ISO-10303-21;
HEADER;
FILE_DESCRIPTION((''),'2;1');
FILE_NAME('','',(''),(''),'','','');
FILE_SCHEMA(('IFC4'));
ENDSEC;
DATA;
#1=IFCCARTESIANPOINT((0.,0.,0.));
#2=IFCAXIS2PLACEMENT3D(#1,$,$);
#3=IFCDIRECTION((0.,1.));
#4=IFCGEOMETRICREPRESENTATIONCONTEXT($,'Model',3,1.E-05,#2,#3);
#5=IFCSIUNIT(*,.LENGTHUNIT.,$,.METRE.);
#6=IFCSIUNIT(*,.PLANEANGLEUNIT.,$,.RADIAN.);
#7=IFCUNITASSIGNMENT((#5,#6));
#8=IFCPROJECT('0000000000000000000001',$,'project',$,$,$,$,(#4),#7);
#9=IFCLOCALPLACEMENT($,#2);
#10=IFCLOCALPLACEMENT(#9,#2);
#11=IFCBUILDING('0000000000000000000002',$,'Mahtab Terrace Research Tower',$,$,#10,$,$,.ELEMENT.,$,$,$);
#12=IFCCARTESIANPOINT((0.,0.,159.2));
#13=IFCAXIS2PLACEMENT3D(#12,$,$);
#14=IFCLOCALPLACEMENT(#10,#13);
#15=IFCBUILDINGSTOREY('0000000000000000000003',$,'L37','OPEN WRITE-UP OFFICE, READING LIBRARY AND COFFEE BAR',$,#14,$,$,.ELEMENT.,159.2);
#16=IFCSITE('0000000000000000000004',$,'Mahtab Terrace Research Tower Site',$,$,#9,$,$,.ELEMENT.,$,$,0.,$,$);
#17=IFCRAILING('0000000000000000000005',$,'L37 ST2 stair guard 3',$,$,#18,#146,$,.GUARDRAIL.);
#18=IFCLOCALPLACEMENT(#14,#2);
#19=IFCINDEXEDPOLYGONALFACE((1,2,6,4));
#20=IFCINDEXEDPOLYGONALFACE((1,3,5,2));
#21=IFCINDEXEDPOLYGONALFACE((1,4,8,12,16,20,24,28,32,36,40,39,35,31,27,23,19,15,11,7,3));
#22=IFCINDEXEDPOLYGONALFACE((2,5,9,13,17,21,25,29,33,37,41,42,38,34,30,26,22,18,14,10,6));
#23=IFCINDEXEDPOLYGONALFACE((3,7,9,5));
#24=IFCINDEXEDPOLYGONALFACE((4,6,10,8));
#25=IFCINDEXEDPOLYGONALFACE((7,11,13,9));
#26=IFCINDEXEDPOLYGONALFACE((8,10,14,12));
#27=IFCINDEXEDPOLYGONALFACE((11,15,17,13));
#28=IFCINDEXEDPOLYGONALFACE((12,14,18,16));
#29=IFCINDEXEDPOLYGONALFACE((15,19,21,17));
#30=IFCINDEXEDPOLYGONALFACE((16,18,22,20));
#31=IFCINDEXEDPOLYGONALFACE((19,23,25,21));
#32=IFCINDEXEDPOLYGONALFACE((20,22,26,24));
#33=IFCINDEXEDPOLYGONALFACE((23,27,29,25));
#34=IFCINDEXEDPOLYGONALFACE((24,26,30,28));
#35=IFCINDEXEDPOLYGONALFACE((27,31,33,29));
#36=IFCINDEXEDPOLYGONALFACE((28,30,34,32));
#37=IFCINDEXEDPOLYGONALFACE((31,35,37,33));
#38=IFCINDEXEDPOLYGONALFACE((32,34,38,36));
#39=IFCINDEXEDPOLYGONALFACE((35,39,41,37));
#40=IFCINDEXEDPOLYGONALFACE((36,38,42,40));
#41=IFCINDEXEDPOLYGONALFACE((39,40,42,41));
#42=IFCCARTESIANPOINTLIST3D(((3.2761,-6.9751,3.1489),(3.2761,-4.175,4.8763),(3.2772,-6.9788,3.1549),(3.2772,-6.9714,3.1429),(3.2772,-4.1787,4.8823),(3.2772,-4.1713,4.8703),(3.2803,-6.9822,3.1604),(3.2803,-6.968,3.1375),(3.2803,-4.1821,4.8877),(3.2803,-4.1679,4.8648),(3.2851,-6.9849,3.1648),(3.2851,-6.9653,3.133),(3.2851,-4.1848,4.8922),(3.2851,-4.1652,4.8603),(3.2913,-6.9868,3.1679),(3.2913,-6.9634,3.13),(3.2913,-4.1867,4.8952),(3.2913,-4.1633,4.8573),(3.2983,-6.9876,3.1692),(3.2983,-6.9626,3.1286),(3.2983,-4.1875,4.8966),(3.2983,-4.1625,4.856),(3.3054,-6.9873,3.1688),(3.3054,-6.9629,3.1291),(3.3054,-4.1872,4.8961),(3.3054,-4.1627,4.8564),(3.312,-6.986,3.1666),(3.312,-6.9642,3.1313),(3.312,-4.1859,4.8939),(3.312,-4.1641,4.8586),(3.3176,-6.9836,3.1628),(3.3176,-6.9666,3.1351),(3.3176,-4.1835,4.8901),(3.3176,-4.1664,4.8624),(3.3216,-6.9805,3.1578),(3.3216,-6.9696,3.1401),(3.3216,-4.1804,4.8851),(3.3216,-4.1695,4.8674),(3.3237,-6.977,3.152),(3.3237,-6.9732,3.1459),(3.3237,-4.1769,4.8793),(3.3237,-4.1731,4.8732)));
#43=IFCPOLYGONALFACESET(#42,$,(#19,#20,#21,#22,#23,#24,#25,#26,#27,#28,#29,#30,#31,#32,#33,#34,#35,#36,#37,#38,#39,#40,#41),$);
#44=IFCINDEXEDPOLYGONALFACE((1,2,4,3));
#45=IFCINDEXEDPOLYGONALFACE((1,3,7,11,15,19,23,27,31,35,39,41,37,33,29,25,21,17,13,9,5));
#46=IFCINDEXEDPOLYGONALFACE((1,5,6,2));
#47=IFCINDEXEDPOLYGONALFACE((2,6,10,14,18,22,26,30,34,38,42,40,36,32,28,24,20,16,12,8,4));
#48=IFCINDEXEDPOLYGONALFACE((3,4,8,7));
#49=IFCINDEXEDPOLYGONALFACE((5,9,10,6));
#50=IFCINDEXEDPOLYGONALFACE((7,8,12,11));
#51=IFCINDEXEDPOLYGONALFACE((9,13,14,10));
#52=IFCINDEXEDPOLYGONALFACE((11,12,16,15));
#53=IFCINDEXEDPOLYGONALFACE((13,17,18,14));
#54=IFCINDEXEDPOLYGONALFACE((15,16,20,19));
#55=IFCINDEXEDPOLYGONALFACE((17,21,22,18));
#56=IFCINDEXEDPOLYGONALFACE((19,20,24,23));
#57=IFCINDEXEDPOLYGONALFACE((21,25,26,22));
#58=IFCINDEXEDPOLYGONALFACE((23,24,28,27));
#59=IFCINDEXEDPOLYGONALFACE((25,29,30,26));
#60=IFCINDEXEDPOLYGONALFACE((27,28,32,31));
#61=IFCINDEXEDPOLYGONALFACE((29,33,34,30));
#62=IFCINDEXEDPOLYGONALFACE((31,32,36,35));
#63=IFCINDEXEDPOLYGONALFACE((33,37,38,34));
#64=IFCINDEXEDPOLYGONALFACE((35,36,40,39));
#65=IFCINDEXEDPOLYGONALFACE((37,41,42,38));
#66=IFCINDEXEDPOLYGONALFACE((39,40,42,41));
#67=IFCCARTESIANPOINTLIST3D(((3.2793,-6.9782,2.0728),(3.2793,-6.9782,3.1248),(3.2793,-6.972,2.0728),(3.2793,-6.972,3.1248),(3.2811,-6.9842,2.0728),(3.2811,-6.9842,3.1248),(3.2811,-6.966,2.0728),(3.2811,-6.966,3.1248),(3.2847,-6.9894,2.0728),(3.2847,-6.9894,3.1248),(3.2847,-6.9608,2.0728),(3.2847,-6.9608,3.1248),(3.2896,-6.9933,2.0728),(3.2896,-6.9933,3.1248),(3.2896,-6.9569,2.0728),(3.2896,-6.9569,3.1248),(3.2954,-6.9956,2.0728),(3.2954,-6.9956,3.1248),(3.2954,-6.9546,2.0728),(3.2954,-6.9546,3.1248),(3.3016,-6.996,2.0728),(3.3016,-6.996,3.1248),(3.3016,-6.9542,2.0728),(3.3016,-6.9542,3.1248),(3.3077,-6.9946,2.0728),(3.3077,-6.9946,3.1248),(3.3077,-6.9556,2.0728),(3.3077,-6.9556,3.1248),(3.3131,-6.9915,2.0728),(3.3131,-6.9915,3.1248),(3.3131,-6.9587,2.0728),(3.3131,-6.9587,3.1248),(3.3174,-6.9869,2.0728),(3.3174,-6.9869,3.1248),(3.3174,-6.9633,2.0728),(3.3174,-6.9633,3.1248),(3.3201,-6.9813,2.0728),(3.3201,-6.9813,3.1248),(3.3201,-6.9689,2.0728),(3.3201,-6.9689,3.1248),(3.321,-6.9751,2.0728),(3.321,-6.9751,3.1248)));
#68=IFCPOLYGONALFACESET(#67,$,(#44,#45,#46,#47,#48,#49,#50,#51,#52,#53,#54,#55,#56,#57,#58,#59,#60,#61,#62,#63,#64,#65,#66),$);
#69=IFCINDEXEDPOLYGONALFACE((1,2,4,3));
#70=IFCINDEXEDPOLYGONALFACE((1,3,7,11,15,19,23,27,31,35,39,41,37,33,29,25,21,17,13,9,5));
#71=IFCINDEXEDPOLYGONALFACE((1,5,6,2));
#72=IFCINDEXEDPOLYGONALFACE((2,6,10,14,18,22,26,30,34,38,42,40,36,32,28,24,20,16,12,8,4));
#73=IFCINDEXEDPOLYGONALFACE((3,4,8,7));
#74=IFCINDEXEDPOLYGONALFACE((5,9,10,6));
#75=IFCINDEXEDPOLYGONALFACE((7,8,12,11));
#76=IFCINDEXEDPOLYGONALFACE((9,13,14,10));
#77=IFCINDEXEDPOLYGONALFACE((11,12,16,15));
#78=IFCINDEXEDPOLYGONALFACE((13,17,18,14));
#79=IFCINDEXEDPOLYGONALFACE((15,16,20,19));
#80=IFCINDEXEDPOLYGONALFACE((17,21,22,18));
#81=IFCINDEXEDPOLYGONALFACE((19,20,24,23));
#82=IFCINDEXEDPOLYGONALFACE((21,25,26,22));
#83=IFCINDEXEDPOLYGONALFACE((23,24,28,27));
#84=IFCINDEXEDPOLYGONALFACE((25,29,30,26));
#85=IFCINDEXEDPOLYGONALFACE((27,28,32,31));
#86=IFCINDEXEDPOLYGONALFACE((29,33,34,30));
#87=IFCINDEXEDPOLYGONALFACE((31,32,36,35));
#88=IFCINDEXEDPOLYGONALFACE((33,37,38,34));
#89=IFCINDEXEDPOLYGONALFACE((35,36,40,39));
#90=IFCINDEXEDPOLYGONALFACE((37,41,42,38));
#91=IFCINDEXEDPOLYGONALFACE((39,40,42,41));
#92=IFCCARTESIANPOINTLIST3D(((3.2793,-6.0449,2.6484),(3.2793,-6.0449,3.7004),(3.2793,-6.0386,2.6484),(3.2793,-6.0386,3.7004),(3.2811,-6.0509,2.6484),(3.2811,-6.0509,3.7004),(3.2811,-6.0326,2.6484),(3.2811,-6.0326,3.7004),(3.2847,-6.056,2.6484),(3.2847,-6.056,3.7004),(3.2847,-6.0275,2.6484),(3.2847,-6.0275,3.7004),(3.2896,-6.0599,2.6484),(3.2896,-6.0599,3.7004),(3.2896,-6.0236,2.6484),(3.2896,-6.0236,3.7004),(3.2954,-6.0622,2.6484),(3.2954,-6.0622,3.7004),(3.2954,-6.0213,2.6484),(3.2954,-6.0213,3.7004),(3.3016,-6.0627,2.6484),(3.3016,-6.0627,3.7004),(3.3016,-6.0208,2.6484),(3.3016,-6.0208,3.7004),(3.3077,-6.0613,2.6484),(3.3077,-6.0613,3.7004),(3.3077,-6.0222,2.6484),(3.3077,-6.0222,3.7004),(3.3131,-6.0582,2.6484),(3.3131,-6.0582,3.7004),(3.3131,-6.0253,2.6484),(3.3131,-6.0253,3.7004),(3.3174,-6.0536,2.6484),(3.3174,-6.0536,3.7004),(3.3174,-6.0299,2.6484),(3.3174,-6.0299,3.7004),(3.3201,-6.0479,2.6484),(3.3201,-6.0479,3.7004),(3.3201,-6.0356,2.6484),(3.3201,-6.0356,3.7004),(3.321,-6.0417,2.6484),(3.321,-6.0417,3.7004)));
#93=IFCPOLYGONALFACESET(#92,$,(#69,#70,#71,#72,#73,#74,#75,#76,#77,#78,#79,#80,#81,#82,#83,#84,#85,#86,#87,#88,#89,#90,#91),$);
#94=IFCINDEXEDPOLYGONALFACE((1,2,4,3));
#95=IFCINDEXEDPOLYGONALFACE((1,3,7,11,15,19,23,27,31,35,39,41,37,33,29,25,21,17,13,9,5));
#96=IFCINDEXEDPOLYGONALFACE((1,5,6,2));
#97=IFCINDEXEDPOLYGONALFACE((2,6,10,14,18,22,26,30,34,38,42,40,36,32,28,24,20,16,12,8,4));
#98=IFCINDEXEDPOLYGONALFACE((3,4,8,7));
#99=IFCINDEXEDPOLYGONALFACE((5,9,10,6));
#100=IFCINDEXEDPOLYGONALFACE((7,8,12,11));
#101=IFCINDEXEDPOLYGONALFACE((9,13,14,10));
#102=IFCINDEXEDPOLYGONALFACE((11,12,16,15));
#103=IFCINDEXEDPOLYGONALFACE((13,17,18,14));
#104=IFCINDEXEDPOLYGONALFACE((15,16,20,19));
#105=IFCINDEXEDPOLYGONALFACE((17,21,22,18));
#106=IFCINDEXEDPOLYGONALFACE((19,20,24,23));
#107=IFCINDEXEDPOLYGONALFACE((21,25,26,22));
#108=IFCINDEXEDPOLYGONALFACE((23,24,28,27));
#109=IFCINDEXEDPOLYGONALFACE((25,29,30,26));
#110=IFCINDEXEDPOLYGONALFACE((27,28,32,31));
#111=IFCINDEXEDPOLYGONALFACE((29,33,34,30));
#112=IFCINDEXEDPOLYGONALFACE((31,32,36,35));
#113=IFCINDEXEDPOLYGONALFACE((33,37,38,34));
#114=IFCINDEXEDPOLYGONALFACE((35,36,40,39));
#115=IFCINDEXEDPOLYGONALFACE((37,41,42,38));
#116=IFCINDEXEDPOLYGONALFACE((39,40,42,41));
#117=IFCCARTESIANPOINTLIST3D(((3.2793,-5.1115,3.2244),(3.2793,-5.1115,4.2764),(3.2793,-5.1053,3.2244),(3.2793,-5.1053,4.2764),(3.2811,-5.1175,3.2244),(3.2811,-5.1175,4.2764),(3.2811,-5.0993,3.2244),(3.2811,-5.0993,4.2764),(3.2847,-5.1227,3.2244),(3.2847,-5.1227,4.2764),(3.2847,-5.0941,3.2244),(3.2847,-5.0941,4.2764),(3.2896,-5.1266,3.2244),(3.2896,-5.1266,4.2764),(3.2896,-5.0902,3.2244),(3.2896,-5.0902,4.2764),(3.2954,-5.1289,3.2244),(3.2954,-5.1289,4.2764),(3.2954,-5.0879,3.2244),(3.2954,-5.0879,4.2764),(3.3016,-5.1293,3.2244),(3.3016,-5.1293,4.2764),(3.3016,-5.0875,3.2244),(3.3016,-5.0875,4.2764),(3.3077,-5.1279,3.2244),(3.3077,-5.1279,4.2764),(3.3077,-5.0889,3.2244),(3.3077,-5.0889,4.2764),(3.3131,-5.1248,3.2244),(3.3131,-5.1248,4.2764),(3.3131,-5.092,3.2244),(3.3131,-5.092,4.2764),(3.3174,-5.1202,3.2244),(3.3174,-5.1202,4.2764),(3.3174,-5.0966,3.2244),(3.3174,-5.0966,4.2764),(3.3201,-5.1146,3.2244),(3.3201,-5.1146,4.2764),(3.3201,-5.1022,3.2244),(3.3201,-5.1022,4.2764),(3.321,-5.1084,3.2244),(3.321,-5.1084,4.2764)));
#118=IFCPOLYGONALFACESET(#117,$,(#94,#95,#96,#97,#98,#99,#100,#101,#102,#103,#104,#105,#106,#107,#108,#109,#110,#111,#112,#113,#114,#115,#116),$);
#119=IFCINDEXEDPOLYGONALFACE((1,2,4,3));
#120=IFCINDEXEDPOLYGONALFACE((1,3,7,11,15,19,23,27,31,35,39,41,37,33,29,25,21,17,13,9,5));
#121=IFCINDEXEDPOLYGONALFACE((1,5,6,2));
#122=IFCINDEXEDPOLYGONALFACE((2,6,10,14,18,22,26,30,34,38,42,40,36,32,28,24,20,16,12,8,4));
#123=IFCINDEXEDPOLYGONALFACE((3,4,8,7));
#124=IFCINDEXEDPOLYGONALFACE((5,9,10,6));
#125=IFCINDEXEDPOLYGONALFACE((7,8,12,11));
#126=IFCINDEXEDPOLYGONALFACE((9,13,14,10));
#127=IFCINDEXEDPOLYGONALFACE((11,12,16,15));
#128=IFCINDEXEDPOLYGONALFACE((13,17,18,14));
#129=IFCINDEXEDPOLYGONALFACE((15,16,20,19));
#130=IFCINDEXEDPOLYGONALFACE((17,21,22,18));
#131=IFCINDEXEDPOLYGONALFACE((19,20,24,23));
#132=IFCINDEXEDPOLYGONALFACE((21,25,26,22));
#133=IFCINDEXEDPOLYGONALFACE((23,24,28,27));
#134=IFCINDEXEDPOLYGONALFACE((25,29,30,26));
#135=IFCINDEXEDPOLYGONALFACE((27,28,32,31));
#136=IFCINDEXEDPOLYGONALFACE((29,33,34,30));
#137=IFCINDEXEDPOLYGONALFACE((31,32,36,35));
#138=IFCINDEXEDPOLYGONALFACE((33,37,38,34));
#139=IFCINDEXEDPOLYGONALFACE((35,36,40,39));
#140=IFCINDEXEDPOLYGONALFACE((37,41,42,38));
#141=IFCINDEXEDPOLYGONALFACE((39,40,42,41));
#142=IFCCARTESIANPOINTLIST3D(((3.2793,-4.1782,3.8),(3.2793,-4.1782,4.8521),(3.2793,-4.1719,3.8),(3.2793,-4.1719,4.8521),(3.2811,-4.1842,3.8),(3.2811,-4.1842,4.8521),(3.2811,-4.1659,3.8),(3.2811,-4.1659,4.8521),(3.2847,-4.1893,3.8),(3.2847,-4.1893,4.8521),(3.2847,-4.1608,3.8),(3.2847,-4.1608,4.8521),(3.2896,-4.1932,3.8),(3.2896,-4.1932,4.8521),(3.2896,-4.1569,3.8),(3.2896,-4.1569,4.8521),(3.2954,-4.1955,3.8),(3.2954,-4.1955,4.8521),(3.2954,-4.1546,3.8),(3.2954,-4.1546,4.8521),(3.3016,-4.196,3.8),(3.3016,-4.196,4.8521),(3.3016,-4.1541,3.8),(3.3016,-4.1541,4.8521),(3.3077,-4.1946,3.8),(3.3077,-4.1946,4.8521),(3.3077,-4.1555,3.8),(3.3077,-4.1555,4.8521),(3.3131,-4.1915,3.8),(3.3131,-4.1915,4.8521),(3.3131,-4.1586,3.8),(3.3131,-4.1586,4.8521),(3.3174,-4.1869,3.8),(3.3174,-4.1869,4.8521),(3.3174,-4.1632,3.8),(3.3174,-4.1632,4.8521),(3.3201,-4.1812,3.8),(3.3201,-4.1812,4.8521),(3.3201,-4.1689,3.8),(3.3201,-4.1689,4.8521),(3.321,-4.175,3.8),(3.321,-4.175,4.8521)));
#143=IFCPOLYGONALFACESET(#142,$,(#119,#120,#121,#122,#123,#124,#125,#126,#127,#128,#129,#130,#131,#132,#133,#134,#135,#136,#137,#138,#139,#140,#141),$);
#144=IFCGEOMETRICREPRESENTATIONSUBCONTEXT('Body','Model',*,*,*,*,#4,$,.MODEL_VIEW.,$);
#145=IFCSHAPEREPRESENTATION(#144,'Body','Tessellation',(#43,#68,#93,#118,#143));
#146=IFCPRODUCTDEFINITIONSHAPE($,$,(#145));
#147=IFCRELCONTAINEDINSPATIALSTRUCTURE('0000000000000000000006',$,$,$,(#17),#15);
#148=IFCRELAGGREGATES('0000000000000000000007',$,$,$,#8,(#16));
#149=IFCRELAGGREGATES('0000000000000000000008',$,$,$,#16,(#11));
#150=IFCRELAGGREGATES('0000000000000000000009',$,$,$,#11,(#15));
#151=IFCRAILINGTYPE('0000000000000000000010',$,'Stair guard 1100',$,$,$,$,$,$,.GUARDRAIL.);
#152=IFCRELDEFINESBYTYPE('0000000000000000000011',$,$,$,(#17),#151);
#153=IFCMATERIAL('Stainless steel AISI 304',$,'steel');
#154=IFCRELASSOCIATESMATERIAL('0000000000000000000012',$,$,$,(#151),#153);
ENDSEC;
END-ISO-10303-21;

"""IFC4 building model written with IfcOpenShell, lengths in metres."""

from ifc_helpers import new_model, si_unit, direction, frame, origin, origin_2d, place, context, subcontext, project, spatial, circle, extrude, material, type_object, element, save


model = new_model("IFC4")

# Units and contexts
model_context = context("Model", 3, precision=1e-05, world=origin(), true_north=direction((0.0, 1.0)))
body_context = subcontext(model_context, "Body", "Model", "MODEL_VIEW")
ifc_project = project(units=[si_unit("LENGTHUNIT", "METRE"), si_unit("PLANEANGLEUNIT", "RADIAN")], contexts=[model_context])

# Site, building, storey
site_placement = place(None, origin())
site = spatial("IfcSite", under=ifc_project, at=site_placement, Name="Mahtab Terrace Research Tower Site", CompositionType="ELEMENT", RefElevation=0.0)
building_placement = place(site_placement, origin())
building = spatial("IfcBuilding", under=site, at=building_placement, Name="Mahtab Terrace Research Tower", CompositionType="ELEMENT")
storey_placement = place(building_placement, frame((0.0, 0.0, 159.2)))
storey = spatial("IfcBuildingStorey", under=building, at=storey_placement, Name="L37", Description="OPEN WRITE-UP OFFICE, READING LIBRARY AND COFFEE BAR", CompositionType="ELEMENT", Elevation=159.2)

# Railing
ifc_material_1 = material(Name="Stainless steel AISI 304", Category="steel")
railing_type_1 = type_object("IfcRailingType", Name="Stair guard 1100", PredefinedType="GUARDRAIL", material=ifc_material_1)
railing_1_placement = place(storey_placement, frame((3.3, -6.9751, 2.0728)))
element("IfcRailing", 1, at=railing_1_placement, inside=storey, type_object=railing_type_1, Name="L37 ST2 stair guard 3", PredefinedType="GUARDRAIL", context=body_context, shape_type="SweptSolid", body=[
    extrude(circle(Radius=0.0239, at=origin_2d()), frame((0.0, 0.0, 1.0762), z_axis=(0.0, 0.85109, 0.52502), x_axis=(-1.0, 0.0, 0.0)), (0.0, 0.0, 1.0), 3.29),
    extrude(circle(Radius=0.021, at=origin_2d()), origin(), (0.0, 0.0, 1.0), 1.052),
    extrude(circle(Radius=0.021, at=origin_2d()), frame((0.0, 0.9333, 0.5757)), (0.0, 0.0, 1.0), 1.052),
    extrude(circle(Radius=0.021, at=origin_2d()), frame((0.0, 1.8667, 1.1516)), (0.0, 0.0, 1.0), 1.052),
    extrude(circle(Radius=0.021, at=origin_2d()), frame((0.0, 2.8, 1.7273)), (0.0, 0.0, 1.0), 1.052),
])

save(model, "model.ifc")
